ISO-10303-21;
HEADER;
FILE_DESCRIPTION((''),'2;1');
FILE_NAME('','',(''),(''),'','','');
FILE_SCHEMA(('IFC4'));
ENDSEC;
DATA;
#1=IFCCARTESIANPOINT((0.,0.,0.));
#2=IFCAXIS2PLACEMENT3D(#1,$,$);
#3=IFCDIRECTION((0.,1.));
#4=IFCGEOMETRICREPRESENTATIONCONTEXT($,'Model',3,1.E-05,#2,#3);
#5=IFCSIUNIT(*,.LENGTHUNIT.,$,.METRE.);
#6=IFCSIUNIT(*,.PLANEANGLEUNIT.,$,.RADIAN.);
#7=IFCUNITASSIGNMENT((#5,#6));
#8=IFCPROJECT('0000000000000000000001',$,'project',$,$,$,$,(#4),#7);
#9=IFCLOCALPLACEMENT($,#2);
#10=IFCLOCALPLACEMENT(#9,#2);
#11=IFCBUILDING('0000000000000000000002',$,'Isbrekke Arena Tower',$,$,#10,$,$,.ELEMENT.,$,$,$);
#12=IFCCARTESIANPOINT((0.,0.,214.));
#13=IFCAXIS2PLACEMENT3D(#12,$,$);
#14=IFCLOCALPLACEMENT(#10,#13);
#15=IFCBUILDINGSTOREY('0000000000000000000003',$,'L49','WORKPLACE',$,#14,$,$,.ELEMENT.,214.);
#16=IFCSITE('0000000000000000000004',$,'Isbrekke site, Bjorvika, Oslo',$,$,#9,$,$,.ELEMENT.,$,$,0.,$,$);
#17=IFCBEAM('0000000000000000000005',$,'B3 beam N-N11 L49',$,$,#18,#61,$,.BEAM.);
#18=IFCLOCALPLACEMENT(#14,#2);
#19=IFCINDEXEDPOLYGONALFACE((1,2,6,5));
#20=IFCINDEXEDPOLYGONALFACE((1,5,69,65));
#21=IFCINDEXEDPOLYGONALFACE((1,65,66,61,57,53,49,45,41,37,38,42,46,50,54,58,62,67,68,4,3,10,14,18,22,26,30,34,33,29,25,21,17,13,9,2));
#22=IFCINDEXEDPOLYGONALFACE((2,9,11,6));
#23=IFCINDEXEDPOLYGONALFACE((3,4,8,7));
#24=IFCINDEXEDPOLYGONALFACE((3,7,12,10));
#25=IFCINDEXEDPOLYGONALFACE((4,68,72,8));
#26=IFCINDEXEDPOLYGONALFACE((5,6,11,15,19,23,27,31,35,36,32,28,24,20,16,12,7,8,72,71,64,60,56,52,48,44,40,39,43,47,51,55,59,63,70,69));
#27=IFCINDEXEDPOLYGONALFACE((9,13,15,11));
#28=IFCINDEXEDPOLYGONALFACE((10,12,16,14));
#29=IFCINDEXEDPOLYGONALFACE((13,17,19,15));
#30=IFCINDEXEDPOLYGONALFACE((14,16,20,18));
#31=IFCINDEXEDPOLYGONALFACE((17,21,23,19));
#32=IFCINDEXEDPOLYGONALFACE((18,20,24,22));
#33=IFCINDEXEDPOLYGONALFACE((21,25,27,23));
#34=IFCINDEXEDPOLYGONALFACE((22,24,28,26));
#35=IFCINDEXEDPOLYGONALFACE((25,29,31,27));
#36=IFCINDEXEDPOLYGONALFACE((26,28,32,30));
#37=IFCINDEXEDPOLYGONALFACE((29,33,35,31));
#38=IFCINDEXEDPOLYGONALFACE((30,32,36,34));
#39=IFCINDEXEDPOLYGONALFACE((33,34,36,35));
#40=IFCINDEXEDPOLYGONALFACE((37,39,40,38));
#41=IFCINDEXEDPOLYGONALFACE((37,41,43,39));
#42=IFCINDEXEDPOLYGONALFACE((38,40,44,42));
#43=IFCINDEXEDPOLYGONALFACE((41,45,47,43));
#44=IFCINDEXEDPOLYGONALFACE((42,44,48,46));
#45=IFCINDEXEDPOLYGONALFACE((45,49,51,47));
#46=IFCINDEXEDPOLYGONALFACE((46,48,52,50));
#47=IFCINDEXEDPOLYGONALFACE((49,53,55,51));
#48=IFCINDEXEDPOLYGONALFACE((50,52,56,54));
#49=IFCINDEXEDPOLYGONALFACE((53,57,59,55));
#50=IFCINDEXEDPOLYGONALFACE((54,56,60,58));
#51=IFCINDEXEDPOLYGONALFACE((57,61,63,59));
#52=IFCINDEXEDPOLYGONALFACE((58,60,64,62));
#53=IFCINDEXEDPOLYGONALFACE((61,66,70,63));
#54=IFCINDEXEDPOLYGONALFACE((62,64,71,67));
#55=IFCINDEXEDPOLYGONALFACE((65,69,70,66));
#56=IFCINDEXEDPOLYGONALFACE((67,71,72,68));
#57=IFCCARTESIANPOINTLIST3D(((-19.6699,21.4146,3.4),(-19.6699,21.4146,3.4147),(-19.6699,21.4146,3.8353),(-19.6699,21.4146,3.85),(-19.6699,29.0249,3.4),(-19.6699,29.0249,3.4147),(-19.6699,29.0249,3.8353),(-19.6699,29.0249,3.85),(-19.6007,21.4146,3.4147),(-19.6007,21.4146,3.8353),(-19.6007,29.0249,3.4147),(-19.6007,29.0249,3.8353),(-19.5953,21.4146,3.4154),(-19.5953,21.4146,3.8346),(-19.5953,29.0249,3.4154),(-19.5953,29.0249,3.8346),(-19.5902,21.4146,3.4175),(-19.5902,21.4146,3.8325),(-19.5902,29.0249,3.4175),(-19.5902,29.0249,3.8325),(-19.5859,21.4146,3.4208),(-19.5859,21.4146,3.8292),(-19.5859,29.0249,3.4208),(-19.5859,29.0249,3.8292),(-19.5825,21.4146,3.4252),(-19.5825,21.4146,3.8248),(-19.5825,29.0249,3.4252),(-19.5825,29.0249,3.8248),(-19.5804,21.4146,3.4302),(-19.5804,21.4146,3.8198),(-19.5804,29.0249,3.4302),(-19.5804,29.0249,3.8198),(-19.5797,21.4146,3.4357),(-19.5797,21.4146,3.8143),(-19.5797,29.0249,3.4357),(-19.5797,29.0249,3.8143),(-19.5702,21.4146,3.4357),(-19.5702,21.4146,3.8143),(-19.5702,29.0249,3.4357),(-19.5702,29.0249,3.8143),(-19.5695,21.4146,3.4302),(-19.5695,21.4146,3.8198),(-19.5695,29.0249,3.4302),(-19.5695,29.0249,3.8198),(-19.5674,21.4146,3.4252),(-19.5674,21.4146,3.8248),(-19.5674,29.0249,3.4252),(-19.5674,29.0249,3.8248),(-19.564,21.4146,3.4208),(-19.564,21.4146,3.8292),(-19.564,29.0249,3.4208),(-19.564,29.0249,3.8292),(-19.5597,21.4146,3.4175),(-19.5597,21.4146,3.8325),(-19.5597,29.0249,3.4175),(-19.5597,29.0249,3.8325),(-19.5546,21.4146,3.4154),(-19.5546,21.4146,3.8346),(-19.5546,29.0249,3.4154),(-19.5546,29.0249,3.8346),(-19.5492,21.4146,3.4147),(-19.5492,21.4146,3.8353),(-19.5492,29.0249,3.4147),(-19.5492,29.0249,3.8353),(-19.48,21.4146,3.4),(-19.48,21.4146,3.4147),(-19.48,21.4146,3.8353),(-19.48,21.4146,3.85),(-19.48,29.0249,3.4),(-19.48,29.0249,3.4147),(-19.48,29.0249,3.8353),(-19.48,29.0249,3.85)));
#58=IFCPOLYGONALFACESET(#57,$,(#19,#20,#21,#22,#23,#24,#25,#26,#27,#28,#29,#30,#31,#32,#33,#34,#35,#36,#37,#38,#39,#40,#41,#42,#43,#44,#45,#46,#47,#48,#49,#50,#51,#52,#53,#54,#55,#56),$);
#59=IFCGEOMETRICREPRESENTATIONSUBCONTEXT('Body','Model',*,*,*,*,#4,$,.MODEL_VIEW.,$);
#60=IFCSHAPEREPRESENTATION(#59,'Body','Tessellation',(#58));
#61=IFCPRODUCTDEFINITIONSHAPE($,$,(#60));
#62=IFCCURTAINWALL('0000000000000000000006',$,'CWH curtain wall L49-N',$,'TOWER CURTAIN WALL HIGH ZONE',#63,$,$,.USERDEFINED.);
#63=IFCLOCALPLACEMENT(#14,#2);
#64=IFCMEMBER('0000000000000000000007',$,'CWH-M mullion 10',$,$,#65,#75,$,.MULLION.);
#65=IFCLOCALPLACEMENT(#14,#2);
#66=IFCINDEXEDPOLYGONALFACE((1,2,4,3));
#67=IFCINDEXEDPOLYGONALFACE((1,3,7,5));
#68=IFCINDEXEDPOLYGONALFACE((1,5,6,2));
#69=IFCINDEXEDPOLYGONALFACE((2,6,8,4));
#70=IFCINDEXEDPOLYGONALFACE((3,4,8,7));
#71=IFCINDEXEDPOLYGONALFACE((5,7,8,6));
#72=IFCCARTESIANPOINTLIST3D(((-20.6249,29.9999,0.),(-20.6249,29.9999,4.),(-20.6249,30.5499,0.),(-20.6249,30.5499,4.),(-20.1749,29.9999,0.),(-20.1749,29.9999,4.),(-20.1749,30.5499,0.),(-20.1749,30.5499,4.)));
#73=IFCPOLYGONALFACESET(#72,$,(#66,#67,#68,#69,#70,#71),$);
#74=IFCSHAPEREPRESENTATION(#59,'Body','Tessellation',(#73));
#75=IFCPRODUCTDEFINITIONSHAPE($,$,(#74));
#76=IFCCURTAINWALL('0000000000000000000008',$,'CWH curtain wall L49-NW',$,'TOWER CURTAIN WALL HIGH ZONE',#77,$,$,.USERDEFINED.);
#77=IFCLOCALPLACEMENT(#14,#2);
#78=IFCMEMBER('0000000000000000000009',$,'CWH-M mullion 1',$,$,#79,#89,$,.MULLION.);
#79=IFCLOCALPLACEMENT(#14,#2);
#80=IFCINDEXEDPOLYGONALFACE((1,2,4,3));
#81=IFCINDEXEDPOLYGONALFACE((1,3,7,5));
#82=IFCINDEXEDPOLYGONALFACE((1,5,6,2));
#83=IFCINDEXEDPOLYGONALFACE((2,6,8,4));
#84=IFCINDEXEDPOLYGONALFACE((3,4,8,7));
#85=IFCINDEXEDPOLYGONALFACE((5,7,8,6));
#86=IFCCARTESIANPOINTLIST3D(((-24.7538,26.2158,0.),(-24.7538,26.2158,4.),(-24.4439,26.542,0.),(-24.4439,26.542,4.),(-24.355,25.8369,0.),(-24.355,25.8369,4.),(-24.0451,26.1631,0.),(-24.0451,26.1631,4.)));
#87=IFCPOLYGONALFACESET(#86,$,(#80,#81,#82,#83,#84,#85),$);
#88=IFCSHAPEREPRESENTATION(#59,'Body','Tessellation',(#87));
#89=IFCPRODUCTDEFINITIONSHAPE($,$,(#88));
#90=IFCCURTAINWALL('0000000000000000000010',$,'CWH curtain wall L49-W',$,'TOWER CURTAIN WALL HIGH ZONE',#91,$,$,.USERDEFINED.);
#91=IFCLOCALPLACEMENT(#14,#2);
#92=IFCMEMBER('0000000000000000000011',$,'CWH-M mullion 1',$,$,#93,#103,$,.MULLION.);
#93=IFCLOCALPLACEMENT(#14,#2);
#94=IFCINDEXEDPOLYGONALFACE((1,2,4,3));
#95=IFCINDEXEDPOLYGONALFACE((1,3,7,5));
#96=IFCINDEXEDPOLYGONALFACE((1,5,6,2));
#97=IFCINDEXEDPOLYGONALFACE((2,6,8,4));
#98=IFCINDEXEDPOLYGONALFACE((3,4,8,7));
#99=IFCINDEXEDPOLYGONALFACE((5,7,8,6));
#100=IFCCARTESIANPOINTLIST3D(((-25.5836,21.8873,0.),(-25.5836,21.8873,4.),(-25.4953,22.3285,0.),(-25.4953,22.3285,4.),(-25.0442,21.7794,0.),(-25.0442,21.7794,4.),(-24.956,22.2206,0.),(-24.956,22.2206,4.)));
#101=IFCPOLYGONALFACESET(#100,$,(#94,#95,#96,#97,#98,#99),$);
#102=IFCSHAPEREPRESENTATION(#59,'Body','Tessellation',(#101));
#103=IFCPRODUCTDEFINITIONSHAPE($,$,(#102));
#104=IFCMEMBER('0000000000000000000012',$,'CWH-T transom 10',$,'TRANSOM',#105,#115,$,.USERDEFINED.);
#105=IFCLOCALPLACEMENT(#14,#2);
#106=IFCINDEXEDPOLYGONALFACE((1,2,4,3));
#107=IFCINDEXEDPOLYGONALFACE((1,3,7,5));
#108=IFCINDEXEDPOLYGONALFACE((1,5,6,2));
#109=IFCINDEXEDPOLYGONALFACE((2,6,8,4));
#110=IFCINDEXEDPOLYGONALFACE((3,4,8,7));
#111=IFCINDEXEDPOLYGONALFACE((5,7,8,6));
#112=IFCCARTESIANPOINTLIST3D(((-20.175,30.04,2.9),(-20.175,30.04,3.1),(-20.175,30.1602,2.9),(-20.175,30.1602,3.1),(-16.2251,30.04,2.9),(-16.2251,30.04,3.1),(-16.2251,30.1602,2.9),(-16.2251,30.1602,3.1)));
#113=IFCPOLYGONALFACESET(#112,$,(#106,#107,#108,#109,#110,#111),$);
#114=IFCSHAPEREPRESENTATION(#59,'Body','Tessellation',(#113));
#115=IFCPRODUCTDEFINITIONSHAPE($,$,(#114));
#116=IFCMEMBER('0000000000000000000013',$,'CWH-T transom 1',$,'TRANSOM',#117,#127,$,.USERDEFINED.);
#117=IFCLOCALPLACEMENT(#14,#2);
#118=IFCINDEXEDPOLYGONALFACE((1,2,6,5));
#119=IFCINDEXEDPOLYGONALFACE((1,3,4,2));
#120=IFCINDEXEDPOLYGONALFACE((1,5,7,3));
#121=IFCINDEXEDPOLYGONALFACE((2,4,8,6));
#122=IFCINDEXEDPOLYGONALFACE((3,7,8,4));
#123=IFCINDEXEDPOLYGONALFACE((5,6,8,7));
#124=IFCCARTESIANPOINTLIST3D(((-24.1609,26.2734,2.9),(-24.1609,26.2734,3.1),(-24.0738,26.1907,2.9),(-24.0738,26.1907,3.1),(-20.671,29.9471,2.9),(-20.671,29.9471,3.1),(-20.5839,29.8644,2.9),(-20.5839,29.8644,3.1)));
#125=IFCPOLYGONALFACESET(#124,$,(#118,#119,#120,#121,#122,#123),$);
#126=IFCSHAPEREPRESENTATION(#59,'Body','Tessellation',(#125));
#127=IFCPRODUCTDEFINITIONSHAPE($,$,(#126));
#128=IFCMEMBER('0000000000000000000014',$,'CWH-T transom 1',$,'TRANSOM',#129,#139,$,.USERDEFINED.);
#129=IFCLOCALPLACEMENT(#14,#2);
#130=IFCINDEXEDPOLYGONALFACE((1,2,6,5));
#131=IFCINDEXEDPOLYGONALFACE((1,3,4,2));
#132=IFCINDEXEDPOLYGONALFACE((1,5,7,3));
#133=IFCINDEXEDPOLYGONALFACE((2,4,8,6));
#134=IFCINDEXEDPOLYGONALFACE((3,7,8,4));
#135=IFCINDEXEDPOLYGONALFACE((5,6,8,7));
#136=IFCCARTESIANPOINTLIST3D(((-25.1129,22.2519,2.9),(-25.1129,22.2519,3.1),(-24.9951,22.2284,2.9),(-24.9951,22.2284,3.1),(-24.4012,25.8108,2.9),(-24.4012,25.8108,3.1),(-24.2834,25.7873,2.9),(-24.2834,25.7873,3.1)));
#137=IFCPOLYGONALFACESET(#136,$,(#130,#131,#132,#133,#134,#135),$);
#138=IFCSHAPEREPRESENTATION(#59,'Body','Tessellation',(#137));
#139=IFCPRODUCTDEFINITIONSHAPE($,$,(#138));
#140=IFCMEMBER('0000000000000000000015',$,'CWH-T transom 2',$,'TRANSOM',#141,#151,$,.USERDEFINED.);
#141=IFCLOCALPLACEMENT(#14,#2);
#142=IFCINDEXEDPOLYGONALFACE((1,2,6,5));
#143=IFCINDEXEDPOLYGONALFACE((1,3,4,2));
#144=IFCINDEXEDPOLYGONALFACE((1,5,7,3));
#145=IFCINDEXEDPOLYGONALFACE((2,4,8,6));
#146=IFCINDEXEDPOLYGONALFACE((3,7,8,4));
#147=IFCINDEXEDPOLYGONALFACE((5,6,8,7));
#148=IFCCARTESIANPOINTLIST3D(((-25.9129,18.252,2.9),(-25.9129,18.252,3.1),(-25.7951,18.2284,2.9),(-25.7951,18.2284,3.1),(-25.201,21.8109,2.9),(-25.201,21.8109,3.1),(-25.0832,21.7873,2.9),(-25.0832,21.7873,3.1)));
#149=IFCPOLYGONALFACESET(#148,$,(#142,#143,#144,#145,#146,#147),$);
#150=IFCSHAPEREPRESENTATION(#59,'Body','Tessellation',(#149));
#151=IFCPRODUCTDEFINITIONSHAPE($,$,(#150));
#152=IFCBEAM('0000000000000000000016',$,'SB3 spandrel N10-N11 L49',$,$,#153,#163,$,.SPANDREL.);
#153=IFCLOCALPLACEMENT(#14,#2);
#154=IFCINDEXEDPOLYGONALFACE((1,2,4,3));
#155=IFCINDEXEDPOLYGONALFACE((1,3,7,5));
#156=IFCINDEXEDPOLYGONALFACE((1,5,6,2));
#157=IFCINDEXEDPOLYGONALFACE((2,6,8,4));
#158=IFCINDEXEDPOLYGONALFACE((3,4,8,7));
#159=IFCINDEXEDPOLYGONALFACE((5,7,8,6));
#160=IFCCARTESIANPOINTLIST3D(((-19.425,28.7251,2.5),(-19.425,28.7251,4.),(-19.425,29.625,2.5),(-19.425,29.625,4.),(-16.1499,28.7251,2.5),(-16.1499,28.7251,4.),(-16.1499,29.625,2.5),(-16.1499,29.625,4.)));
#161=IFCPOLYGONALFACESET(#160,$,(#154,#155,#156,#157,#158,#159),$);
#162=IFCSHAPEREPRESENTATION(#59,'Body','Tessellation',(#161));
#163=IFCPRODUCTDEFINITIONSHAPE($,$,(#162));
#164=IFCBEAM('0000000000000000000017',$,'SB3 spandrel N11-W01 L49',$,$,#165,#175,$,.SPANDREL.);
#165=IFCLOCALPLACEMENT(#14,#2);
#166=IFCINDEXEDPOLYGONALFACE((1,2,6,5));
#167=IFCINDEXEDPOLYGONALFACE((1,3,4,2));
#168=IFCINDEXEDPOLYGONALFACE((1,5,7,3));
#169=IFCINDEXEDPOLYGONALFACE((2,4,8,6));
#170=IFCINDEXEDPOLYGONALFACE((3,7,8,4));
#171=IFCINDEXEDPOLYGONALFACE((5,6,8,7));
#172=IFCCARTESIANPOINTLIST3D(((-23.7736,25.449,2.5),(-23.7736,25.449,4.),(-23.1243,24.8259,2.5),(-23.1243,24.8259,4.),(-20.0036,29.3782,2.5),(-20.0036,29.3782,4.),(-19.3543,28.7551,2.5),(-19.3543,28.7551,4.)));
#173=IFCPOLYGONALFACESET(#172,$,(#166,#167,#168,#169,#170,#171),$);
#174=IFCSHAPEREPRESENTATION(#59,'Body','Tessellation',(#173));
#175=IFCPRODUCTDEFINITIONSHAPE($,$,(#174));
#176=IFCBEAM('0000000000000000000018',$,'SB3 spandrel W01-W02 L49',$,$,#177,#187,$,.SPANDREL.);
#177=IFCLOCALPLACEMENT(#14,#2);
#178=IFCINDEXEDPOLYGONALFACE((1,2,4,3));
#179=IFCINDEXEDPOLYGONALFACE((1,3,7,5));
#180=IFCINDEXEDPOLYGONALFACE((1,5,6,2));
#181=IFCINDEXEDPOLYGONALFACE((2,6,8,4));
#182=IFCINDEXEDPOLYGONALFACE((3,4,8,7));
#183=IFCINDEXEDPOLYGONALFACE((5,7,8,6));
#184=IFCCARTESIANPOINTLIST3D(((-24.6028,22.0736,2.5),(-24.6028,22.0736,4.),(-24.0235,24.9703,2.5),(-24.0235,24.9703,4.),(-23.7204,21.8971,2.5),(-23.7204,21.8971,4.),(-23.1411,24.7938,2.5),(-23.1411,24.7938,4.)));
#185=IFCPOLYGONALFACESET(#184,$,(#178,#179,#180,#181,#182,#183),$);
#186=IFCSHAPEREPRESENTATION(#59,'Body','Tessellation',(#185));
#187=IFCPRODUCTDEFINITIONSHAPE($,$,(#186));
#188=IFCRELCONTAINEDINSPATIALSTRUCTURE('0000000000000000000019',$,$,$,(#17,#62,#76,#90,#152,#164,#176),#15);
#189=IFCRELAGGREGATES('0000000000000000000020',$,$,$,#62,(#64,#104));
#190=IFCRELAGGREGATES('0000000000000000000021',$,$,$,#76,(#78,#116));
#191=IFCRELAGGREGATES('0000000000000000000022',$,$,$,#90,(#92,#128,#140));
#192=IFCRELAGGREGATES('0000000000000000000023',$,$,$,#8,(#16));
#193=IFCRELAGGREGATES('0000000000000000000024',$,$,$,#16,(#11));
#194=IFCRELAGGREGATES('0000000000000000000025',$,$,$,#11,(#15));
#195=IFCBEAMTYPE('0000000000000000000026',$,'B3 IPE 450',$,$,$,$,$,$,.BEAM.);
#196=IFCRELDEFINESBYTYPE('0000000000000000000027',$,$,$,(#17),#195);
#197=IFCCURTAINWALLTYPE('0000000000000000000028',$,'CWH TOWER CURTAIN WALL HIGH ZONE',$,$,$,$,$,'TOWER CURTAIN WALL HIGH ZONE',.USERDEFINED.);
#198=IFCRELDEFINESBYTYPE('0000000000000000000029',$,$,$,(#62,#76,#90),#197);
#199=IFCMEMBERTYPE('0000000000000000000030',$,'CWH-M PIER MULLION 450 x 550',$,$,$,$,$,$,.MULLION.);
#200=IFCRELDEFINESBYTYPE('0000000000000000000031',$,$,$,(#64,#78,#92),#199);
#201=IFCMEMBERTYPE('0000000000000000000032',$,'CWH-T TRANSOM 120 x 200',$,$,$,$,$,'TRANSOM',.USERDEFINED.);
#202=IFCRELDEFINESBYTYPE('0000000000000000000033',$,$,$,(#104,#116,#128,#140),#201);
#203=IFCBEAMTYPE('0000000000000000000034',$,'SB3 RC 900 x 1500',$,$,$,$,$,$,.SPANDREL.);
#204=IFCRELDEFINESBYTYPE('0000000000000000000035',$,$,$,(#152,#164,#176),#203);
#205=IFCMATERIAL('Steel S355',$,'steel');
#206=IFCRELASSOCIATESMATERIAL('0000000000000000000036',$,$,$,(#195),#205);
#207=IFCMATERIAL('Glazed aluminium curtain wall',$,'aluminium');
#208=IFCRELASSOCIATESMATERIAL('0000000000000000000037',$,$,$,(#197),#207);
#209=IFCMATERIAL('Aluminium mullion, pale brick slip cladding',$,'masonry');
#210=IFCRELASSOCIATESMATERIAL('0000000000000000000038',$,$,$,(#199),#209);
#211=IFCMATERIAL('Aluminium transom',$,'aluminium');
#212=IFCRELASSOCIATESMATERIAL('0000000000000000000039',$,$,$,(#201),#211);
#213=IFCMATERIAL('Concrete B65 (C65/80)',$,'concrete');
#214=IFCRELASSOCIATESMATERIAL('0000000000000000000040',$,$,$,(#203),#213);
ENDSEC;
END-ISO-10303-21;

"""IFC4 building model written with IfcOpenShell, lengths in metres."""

from ifc_helpers import new_model, si_unit, direction, frame, origin, origin_2d, place, context, subcontext, project, spatial, rectangle, i_section, extrude, material, material_profile, profile_set, type_object, element, aggregate, save


model = new_model("IFC4")

# Units and contexts
model_context = context("Model", 3, precision=1e-05, world=origin(), true_north=direction((0.0, 1.0)))
body_context = subcontext(model_context, "Body", "Model", "MODEL_VIEW")
ifc_project = project(units=[si_unit("LENGTHUNIT", "METRE"), si_unit("PLANEANGLEUNIT", "RADIAN")], contexts=[model_context])

# Site, building, storey
site_placement = place(None, origin())
site = spatial("IfcSite", under=ifc_project, at=site_placement, Name="Isbrekke site, Bjorvika, Oslo", CompositionType="ELEMENT", RefElevation=0.0)
building_placement = place(site_placement, origin())
building = spatial("IfcBuilding", under=site, at=building_placement, Name="Isbrekke Arena Tower", CompositionType="ELEMENT")
storey_placement = place(building_placement, frame((0.0, 0.0, 214.0)))
storey = spatial("IfcBuildingStorey", under=building, at=storey_placement, Name="L49", Description="WORKPLACE", CompositionType="ELEMENT", Elevation=214.0)

# Beam
ifc_material_1 = material(Name="Steel S355", Category="steel")
ifc_material_profile_1 = material_profile(ifc_material_1, i_section(OverallWidth=0.1899, OverallDepth=0.45, WebThickness=0.0095, FlangeThickness=0.0146, FilletRadius=0.021, at=origin_2d()), Name="IPE 450")
ifc_profile_set_1 = profile_set([ifc_material_profile_1], Name="Steel S355")
beam_type_1 = type_object("IfcBeamType", Name="B3 IPE 450", PredefinedType="BEAM", material=ifc_profile_set_1)
beam_1_placement = place(storey_placement, frame((-19.575, 29.0249, 3.625), z_axis=(0.0, -1.0, 0.0), x_axis=(1.0, 0.0, 0.0)))
element("IfcBeam", 1, at=beam_1_placement, inside=storey, type_object=beam_type_1, Name="B3 beam N-N11 L49", PredefinedType="BEAM", context=body_context, shape_type="SweptSolid", body=[
    extrude(i_section(OverallWidth=0.1899, OverallDepth=0.45, WebThickness=0.0095, FlangeThickness=0.0146, FilletRadius=0.021, at=origin_2d()), origin(), (0.0, 0.0, 1.0), 7.6104),
])

# Curtain walls, members
ifc_material_2 = material(Name="Glazed aluminium curtain wall", Category="aluminium")
curtain_wall_type = type_object("IfcCurtainWallType", Name="CWH TOWER CURTAIN WALL HIGH ZONE", ElementType="TOWER CURTAIN WALL HIGH ZONE", PredefinedType="USERDEFINED", material=ifc_material_2)
curtain_wall_1_placement = place(storey_placement, origin())
curtain_wall_1 = element("IfcCurtainWall", 2, at=curtain_wall_1_placement, inside=storey, type_object=curtain_wall_type, Name="CWH curtain wall L49-N", ObjectType="TOWER CURTAIN WALL HIGH ZONE", PredefinedType="USERDEFINED")
ifc_material_3 = material(Name="Aluminium mullion, pale brick slip cladding", Category="masonry")
ifc_material_profile_2 = material_profile(ifc_material_3, rectangle(XDim=0.45, YDim=0.55, at=origin_2d()), Name="PIER 450X550")
ifc_profile_set_2 = profile_set([ifc_material_profile_2], Name="Aluminium mullion, pale brick slip cladding")
member_type_1 = type_object("IfcMemberType", Name="CWH-M PIER MULLION 450 x 550", PredefinedType="MULLION", material=ifc_profile_set_2)
member_1_placement = place(storey_placement, frame((-20.3999, 30.2749, 0.0), z_axis=(0.0, 0.0, 1.0), x_axis=(-1.0, 0.0, 0.0)))
member_1 = element("IfcMember", 3, at=member_1_placement, type_object=member_type_1, Name="CWH-M mullion 10", PredefinedType="MULLION", context=body_context, shape_type="SweptSolid", body=[
    extrude(rectangle(XDim=0.45, YDim=0.55, at=origin_2d()), origin(), (0.0, 0.0, 1.0), 4.0),
])
curtain_wall_2_placement = place(storey_placement, origin())
curtain_wall_2 = element("IfcCurtainWall", 4, at=curtain_wall_2_placement, inside=storey, type_object=curtain_wall_type, Name="CWH curtain wall L49-NW", ObjectType="TOWER CURTAIN WALL HIGH ZONE", PredefinedType="USERDEFINED")
member_2_placement = place(storey_placement, frame((-24.3994, 26.1895, 0.0), z_axis=(0.0, 0.0, 1.0), x_axis=(-0.688749, -0.724999, 0.0)))
member_2 = element("IfcMember", 5, at=member_2_placement, type_object=member_type_1, Name="CWH-M mullion 1", PredefinedType="MULLION", context=body_context, shape_type="SweptSolid", body=[
    extrude(rectangle(XDim=0.45, YDim=0.55, at=origin_2d()), origin(), (0.0, 0.0, 1.0), 4.0),
])
curtain_wall_3_placement = place(storey_placement, origin())
curtain_wall_3 = element("IfcCurtainWall", 6, at=curtain_wall_3_placement, inside=storey, type_object=curtain_wall_type, Name="CWH curtain wall L49-W", ObjectType="TOWER CURTAIN WALL HIGH ZONE", PredefinedType="USERDEFINED")
member_3_placement = place(storey_placement, frame((-25.2698, 22.054, 0.0), z_axis=(0.0, 0.0, 1.0), x_axis=(-0.196116, -0.980581, 0.0)))
member_3 = element("IfcMember", 7, at=member_3_placement, type_object=member_type_1, Name="CWH-M mullion 1", PredefinedType="MULLION", context=body_context, shape_type="SweptSolid", body=[
    extrude(rectangle(XDim=0.45, YDim=0.55, at=origin_2d()), origin(), (0.0, 0.0, 1.0), 4.0),
])

# Members
ifc_material_4 = material(Name="Aluminium transom", Category="aluminium")
ifc_material_profile_3 = material_profile(ifc_material_4, rectangle(XDim=0.1201, YDim=0.2, at=origin_2d()), Name="TRANSOM 120X200")
ifc_profile_set_3 = profile_set([ifc_material_profile_3], Name="Aluminium transom")
member_type_2 = type_object("IfcMemberType", Name="CWH-T TRANSOM 120 x 200", ElementType="TRANSOM", PredefinedType="USERDEFINED", material=ifc_profile_set_3)
member_4_placement = place(storey_placement, frame((-16.2251, 30.1001, 3.0), z_axis=(-1.0, 0.0, 0.0), x_axis=(0.0, -1.0, 0.0)))
member_4 = element("IfcMember", 8, at=member_4_placement, type_object=member_type_2, Name="CWH-T transom 10", ObjectType="TRANSOM", PredefinedType="USERDEFINED", context=body_context, shape_type="SweptSolid", body=[
    extrude(rectangle(XDim=0.1201, YDim=0.2, at=origin_2d()), origin(), (0.0, 0.0, 1.0), 3.95),
])
member_5_placement = place(storey_placement, frame((-20.6274, 29.9058, 3.0), z_axis=(-0.688734, -0.725014, 0.0), x_axis=(0.725014, -0.688734, 0.0)))
member_5 = element("IfcMember", 9, at=member_5_placement, type_object=member_type_2, Name="CWH-T transom 1", ObjectType="TRANSOM", PredefinedType="USERDEFINED", context=body_context, shape_type="SweptSolid", body=[
    extrude(rectangle(XDim=0.1201, YDim=0.2, at=origin_2d()), origin(), (0.0, 0.0, 1.0), 5.0671),
])
member_6_placement = place(storey_placement, frame((-24.3423, 25.7991, 3.0), z_axis=(-0.19609, -0.980586, 0.0), x_axis=(0.980586, -0.19609, 0.0)))
member_6 = element("IfcMember", 10, at=member_6_placement, type_object=member_type_2, Name="CWH-T transom 1", ObjectType="TRANSOM", PredefinedType="USERDEFINED", context=body_context, shape_type="SweptSolid", body=[
    extrude(rectangle(XDim=0.1201, YDim=0.2, at=origin_2d()), origin(), (0.0, 0.0, 1.0), 3.6294),
])
member_7_placement = place(storey_placement, frame((-25.1421, 21.7991, 3.0), z_axis=(-0.196155, -0.980573, 0.0), x_axis=(0.980573, -0.196155, 0.0)))
member_7 = element("IfcMember", 11, at=member_7_placement, type_object=member_type_2, Name="CWH-T transom 2", ObjectType="TRANSOM", PredefinedType="USERDEFINED", context=body_context, shape_type="SweptSolid", body=[
    extrude(rectangle(XDim=0.1201, YDim=0.2, at=origin_2d()), origin(), (0.0, 0.0, 1.0), 3.6294),
])

# Beams
ifc_material_5 = material(Name="Concrete B65 (C65/80)", Category="concrete")
ifc_material_profile_4 = material_profile(ifc_material_5, rectangle(XDim=0.8999, YDim=1.5, at=origin_2d()), Name="RC 900x1500")
ifc_profile_set_4 = profile_set([ifc_material_profile_4], Name="Concrete B65 (C65/80)")
beam_type_2 = type_object("IfcBeamType", Name="SB3 RC 900 x 1500", PredefinedType="SPANDREL", material=ifc_profile_set_4)
beam_2_placement = place(storey_placement, frame((-16.1499, 29.175, 3.25), z_axis=(-1.0, 0.0, 0.0), x_axis=(0.0, -1.0, 0.0)))
element("IfcBeam", 12, at=beam_2_placement, inside=storey, type_object=beam_type_2, Name="SB3 spandrel N10-N11 L49", PredefinedType="SPANDREL", context=body_context, shape_type="SweptSolid", body=[
    extrude(rectangle(XDim=0.8999, YDim=1.5, at=origin_2d()), origin(), (0.0, 0.0, 1.0), 3.2751),
])
beam_3_placement = place(storey_placement, frame((-19.679, 29.0667, 3.25), z_axis=(-0.69234, -0.721572, 0.0), x_axis=(0.721572, -0.69234, 0.0)))
element("IfcBeam", 13, at=beam_3_placement, inside=storey, type_object=beam_type_2, Name="SB3 spandrel N11-W01 L49", PredefinedType="SPANDREL", context=body_context, shape_type="SweptSolid", body=[
    extrude(rectangle(XDim=0.8999, YDim=1.5, at=origin_2d()), origin(), (0.0, 0.0, 1.0), 5.4453),
])
beam_4_placement = place(storey_placement, frame((-23.5823, 24.8821, 3.25), z_axis=(-0.196116, -0.980581, 0.0), x_axis=(0.980581, -0.196116, 0.0)))
element("IfcBeam", 14, at=beam_4_placement, inside=storey, type_object=beam_type_2, Name="SB3 spandrel W01-W02 L49", PredefinedType="SPANDREL", context=body_context, shape_type="SweptSolid", body=[
    extrude(rectangle(XDim=0.8999, YDim=1.5, at=origin_2d()), origin(), (0.0, 0.0, 1.0), 2.9541),
])

aggregate(curtain_wall_1, [member_1, member_4])
aggregate(curtain_wall_2, [member_2, member_5])
aggregate(curtain_wall_3, [member_3, member_6, member_7])

save(model, "model.ifc")
